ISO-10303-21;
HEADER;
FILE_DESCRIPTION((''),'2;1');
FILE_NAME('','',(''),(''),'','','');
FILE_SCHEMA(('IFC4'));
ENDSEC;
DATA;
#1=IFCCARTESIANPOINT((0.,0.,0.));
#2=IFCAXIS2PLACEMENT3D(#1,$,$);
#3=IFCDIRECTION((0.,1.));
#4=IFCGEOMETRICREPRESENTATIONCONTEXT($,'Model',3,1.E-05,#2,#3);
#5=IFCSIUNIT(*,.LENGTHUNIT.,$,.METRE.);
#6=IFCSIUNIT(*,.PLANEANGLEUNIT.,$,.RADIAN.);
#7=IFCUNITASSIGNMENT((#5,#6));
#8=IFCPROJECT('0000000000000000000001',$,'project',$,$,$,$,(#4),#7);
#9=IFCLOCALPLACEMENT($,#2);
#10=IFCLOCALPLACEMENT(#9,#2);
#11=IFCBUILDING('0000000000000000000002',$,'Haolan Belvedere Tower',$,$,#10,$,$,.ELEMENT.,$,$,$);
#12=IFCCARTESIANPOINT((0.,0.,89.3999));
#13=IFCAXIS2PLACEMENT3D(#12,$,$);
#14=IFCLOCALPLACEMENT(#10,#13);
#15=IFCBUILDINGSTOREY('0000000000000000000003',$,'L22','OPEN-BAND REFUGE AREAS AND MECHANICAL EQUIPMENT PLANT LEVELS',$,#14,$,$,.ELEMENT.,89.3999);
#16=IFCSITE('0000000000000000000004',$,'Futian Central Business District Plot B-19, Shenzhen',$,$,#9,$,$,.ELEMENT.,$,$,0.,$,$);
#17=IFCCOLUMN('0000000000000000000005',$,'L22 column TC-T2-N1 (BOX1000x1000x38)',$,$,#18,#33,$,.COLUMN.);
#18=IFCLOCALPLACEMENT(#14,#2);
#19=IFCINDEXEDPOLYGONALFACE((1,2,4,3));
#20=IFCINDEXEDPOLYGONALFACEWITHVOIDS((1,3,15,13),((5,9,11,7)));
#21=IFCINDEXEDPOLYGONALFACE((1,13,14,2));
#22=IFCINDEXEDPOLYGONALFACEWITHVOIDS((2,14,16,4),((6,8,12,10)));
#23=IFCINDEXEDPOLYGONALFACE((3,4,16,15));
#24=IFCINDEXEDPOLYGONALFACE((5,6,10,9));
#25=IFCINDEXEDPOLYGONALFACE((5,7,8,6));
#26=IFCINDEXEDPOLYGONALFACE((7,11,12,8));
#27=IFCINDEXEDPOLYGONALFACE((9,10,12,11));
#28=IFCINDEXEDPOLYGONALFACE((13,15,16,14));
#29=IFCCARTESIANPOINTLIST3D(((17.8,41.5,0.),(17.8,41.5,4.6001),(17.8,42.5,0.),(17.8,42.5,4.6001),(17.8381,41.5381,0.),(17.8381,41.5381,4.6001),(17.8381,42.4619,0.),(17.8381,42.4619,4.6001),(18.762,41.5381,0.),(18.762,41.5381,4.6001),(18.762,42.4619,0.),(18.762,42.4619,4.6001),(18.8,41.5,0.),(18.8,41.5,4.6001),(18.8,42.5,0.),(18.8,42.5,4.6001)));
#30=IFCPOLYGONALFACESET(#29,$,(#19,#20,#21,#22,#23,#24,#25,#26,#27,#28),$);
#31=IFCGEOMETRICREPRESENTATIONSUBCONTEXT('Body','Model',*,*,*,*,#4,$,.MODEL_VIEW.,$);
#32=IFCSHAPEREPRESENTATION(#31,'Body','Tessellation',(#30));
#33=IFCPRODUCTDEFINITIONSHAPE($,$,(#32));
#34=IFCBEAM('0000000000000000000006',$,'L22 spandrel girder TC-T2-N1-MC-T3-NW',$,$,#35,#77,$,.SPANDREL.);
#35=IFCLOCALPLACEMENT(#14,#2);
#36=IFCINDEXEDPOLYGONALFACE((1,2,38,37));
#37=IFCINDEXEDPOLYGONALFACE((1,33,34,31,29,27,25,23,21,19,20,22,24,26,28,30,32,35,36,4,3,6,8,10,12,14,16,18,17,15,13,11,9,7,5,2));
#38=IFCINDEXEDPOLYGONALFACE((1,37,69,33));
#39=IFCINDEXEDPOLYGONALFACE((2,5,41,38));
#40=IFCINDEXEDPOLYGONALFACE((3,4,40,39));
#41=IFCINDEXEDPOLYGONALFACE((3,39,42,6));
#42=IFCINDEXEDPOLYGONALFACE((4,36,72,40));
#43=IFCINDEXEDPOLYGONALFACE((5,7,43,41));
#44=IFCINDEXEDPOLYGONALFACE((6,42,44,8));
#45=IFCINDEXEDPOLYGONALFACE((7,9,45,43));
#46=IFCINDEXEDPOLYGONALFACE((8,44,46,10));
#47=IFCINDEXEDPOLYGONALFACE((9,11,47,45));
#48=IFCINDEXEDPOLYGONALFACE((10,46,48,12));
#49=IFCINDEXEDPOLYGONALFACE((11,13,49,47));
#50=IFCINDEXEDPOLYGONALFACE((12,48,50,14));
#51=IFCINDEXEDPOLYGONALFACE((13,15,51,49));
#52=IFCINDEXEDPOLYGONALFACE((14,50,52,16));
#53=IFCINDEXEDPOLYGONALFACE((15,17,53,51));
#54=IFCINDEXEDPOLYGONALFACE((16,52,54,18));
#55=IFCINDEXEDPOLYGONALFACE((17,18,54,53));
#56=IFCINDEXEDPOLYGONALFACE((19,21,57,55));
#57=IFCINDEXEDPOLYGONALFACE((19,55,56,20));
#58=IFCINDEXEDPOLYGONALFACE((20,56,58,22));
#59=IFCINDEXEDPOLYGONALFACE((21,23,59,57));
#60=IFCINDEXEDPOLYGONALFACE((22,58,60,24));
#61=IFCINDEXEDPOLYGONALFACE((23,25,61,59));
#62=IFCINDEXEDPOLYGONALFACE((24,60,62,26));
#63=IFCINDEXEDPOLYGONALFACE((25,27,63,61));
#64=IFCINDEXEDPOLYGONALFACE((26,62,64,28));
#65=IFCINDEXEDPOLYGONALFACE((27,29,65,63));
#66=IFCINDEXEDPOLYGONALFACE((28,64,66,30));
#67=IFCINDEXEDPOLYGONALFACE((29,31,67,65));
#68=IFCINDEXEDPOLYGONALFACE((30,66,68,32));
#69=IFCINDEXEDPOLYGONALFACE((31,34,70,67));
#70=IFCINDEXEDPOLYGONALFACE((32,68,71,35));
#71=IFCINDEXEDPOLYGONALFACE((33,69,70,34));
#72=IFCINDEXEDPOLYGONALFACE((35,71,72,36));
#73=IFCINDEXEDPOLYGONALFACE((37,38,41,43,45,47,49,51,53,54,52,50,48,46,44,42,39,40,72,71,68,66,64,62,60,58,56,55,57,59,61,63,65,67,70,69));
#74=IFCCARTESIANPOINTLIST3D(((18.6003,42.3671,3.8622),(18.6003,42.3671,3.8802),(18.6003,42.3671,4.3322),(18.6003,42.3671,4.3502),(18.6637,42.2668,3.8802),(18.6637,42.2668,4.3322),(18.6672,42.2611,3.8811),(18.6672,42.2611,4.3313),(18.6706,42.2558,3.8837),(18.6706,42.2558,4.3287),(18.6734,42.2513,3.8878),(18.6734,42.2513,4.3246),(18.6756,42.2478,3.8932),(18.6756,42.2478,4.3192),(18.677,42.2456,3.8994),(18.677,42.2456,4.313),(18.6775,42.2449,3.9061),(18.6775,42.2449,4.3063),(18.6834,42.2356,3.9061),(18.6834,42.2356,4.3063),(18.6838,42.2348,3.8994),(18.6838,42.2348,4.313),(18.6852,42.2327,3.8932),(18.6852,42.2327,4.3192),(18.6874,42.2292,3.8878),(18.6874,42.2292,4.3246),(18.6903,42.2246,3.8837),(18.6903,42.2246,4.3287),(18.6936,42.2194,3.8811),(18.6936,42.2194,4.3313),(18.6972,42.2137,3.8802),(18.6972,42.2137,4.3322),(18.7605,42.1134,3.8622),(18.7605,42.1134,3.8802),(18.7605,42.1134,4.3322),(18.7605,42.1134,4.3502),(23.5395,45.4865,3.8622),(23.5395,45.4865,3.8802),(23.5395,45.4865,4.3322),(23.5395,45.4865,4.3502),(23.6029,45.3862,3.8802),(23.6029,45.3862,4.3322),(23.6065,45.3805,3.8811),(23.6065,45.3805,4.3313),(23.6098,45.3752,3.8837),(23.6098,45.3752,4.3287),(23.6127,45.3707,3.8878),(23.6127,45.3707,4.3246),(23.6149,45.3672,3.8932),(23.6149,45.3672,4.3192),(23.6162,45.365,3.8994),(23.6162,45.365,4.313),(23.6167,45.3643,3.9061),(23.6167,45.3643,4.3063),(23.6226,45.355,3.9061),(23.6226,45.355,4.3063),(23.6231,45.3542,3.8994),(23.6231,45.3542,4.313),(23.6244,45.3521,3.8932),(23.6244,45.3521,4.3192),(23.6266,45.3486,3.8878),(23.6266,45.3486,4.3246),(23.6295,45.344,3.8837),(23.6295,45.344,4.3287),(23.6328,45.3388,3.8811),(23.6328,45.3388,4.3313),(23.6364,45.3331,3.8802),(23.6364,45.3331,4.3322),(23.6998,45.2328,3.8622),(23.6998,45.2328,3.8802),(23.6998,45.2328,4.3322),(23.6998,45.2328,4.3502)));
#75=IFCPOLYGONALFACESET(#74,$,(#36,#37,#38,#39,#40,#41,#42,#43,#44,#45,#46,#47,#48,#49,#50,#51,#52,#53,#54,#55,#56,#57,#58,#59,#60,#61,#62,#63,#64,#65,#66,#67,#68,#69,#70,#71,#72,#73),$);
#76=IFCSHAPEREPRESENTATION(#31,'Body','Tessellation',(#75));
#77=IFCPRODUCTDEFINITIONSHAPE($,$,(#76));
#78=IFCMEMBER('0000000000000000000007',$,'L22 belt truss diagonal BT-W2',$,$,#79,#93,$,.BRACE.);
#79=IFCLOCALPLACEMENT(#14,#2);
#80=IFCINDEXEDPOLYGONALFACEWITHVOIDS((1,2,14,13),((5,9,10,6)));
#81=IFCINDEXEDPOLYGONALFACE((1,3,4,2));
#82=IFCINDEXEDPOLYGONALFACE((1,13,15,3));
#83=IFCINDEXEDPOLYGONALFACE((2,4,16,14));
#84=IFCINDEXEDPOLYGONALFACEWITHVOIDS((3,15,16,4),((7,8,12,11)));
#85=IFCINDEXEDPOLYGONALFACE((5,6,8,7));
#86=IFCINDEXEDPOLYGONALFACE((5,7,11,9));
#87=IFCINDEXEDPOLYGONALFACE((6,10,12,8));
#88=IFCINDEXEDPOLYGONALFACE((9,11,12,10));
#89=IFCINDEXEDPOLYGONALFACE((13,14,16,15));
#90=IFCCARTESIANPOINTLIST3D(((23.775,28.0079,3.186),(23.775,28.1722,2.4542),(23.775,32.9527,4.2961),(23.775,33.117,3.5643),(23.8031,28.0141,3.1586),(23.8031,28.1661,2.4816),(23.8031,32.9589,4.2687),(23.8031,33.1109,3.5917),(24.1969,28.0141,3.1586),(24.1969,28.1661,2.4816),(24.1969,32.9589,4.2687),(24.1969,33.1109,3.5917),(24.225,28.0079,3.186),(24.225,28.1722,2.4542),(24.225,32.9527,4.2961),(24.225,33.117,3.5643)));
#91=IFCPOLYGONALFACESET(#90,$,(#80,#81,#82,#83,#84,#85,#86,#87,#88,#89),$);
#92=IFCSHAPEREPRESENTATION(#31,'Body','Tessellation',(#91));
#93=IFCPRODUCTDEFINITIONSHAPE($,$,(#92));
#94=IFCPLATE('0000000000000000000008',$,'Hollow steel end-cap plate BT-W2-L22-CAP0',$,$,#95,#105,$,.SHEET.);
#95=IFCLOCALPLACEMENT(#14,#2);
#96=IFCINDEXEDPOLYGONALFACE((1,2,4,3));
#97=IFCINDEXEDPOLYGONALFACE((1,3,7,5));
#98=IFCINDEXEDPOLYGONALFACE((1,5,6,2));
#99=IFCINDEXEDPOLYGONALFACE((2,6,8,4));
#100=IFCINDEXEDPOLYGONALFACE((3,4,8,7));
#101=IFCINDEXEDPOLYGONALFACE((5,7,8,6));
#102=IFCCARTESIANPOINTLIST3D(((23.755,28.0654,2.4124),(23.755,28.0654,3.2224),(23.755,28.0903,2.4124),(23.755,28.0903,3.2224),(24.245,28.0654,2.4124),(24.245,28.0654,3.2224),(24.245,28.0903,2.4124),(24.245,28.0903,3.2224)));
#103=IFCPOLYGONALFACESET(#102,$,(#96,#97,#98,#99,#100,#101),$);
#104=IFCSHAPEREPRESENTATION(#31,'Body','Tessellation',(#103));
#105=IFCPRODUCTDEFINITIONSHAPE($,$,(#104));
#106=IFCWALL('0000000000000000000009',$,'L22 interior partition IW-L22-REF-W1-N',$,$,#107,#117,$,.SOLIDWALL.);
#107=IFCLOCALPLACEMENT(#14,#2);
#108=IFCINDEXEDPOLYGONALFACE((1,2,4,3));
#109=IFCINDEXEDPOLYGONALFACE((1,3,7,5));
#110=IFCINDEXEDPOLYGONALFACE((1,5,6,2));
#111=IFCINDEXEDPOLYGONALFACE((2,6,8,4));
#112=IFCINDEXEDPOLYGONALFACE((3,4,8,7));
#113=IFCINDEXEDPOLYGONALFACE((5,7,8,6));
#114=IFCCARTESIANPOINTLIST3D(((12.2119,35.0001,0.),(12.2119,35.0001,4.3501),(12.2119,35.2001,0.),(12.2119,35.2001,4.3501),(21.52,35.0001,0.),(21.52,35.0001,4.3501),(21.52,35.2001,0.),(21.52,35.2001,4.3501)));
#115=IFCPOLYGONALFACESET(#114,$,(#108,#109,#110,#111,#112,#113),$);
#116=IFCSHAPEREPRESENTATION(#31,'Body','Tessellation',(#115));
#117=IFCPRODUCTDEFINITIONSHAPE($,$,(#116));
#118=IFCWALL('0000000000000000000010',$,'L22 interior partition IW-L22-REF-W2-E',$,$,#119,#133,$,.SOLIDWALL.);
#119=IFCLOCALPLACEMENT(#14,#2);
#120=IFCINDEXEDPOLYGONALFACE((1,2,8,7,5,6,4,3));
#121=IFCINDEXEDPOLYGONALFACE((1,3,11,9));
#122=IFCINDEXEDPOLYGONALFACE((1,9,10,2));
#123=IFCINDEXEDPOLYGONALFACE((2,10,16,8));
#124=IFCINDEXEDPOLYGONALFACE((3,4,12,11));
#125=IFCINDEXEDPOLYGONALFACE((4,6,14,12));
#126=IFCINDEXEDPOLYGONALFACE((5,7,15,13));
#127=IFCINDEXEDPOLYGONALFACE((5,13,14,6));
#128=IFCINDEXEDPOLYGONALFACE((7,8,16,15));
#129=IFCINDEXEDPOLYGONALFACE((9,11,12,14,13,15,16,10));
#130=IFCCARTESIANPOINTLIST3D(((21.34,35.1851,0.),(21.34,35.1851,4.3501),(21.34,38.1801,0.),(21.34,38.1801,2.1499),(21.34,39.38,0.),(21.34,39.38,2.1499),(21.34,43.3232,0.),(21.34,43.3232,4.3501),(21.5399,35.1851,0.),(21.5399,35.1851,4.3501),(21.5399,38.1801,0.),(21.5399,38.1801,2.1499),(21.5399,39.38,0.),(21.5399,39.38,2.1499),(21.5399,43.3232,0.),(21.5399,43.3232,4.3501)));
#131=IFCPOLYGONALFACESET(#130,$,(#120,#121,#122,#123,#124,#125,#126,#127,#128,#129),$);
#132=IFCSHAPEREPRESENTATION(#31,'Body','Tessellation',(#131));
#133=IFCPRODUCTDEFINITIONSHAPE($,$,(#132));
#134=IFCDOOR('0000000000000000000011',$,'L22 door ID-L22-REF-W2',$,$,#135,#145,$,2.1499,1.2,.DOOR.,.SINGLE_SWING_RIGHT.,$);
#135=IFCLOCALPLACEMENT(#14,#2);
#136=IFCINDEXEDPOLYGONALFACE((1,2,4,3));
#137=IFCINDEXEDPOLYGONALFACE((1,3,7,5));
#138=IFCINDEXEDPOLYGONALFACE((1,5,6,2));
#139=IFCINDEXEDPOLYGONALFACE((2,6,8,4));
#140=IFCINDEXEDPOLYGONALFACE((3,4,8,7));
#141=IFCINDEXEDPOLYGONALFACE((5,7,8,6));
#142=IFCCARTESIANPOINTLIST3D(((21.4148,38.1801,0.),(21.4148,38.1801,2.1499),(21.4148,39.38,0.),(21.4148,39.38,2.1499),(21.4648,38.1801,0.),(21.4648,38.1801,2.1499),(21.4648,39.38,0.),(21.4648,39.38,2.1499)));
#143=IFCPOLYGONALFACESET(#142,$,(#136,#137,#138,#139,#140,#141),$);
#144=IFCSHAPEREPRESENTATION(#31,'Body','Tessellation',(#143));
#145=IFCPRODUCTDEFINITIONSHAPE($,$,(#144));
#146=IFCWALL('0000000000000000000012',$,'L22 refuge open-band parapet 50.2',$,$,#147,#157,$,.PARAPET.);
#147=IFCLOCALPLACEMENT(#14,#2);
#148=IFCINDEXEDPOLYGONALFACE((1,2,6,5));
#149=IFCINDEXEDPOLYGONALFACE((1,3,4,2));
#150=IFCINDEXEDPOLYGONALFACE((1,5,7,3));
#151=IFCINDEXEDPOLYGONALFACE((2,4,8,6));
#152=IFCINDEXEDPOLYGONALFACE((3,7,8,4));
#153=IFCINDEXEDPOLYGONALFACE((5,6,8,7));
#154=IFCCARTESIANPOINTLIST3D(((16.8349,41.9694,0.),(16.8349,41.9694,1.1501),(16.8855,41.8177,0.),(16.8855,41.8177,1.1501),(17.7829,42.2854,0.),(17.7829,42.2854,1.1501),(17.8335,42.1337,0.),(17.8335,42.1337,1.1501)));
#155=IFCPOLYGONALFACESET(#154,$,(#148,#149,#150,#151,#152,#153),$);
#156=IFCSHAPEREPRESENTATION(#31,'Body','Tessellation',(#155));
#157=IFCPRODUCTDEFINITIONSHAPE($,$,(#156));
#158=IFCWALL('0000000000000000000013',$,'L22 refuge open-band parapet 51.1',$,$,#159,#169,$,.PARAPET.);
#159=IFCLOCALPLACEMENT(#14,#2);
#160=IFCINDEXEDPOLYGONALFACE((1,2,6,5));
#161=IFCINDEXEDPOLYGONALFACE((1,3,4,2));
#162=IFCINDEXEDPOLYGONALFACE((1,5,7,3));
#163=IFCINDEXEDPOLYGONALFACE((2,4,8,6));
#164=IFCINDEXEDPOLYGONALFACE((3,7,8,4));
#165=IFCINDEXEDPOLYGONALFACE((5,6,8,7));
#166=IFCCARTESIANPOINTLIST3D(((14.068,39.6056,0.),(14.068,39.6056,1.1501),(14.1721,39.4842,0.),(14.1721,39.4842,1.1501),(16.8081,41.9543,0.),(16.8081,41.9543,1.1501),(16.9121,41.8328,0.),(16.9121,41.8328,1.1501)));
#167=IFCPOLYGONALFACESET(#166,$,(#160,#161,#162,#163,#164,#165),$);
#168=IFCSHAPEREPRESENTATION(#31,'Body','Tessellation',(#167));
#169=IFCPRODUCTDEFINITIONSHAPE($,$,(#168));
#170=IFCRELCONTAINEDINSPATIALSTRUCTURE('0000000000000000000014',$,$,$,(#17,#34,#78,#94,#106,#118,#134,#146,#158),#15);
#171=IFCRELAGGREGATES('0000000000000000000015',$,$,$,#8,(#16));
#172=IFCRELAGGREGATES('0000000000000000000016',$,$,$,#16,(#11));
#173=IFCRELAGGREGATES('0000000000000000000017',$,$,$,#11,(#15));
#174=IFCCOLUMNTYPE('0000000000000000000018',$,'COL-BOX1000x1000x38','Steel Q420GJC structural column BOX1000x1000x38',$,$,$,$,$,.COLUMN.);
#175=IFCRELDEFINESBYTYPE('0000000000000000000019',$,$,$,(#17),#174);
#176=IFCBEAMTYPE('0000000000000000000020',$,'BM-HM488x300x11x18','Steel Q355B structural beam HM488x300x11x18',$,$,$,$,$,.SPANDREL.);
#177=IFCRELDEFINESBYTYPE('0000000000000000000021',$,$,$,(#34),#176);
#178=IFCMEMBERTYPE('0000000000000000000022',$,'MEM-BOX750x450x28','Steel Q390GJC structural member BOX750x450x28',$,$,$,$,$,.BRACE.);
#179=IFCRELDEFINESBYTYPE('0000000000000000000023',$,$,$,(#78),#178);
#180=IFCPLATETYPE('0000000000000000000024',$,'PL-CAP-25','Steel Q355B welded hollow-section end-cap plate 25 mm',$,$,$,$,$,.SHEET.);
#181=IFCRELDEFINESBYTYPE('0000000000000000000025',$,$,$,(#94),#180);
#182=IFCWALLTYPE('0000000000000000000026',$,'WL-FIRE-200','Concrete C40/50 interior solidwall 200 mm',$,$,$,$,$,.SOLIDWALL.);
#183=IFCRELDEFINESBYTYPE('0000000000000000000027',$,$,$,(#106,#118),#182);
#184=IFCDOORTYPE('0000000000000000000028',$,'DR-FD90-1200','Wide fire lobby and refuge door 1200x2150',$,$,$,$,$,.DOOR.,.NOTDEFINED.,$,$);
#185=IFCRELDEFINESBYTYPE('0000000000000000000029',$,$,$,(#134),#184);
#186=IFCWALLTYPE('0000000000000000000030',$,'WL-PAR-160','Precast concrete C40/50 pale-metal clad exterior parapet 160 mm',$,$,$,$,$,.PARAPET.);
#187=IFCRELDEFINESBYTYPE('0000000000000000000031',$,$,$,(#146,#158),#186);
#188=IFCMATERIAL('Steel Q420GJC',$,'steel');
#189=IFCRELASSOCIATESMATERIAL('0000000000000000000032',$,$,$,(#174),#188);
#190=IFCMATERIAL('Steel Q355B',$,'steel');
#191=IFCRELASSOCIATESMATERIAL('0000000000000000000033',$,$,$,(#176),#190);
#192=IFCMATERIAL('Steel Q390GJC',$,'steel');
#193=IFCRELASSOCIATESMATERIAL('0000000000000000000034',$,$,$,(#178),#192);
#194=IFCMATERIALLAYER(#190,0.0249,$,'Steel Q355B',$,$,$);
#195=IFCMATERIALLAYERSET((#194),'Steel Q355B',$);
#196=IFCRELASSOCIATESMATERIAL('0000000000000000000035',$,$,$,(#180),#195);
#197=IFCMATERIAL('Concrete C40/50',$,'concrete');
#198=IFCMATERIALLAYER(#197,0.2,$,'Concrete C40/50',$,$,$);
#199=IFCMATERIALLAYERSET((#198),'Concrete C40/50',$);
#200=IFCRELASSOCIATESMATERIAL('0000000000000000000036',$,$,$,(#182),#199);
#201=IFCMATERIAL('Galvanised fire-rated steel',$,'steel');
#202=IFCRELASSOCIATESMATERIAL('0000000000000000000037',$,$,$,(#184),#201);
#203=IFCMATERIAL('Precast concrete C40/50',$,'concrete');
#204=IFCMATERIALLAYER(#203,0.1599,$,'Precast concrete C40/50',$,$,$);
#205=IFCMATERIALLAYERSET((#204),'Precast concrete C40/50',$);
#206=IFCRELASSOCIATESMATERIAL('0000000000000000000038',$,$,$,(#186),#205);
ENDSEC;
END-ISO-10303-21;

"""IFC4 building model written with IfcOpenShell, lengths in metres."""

from ifc_helpers import new_model, si_unit, direction, frame, frame_2d, origin, origin_2d, place, context, subcontext, project, spatial, rectangle, hollow_rectangle, i_section, extrude, material, layer, layer_set, material_profile, profile_set, type_object, element, fill, save


model = new_model("IFC4")

# Units and contexts
model_context = context("Model", 3, precision=1e-05, world=origin(), true_north=direction((0.0, 1.0)))
body_context = subcontext(model_context, "Body", "Model", "MODEL_VIEW")
ifc_project = project(units=[si_unit("LENGTHUNIT", "METRE"), si_unit("PLANEANGLEUNIT", "RADIAN")], contexts=[model_context])

# Site, building, storey
site_placement = place(None, origin())
site = spatial("IfcSite", under=ifc_project, at=site_placement, Name="Futian Central Business District Plot B-19, Shenzhen", CompositionType="ELEMENT", RefElevation=0.0)
building_placement = place(site_placement, origin())
building = spatial("IfcBuilding", under=site, at=building_placement, Name="Haolan Belvedere Tower", CompositionType="ELEMENT")
storey_placement = place(building_placement, frame((0.0, 0.0, 89.3999)))
storey = spatial("IfcBuildingStorey", under=building, at=storey_placement, Name="L22", Description="OPEN-BAND REFUGE AREAS AND MECHANICAL EQUIPMENT PLANT LEVELS", CompositionType="ELEMENT", Elevation=89.3999)

# Column
ifc_material_1 = material(Name="Steel Q420GJC", Category="steel")
ifc_material_profile_1 = material_profile(ifc_material_1, hollow_rectangle(XDim=1.0, YDim=1.0, WallThickness=0.0381, at=origin_2d()), Name="Steel Q420GJC")
ifc_profile_set_1 = profile_set([ifc_material_profile_1], Name="Steel Q420GJC")
column_type = type_object("IfcColumnType", Name="COL-BOX1000x1000x38", Description="Steel Q420GJC structural column BOX1000x1000x38", PredefinedType="COLUMN", material=ifc_profile_set_1)
column_placement = place(storey_placement, frame((18.3, 42.0, 0.0), z_axis=(0.0, 0.0, 1.0), x_axis=(1.0, 0.0, 0.0)))
element("IfcColumn", 1, at=column_placement, inside=storey, type_object=column_type, Name="L22 column TC-T2-N1 (BOX1000x1000x38)", PredefinedType="COLUMN", context=body_context, shape_type="SweptSolid", body=[
    extrude(hollow_rectangle(XDim=1.0, YDim=1.0, WallThickness=0.0381, at=origin_2d()), origin(), (0.0, 0.0, 1.0), 4.6001),
])

# Beam
ifc_material_2 = material(Name="Steel Q355B", Category="steel")
ifc_material_profile_2 = material_profile(ifc_material_2, i_section(OverallWidth=0.3, OverallDepth=0.488, WebThickness=0.011, FlangeThickness=0.0181, FilletRadius=0.0259, at=origin_2d()), Name="Steel Q355B")
ifc_profile_set_2 = profile_set([ifc_material_profile_2], Name="Steel Q355B")
beam_type = type_object("IfcBeamType", Name="BM-HM488x300x11x18", Description="Steel Q355B structural beam HM488x300x11x18", PredefinedType="SPANDREL", material=ifc_profile_set_2)
beam_placement = place(storey_placement, frame((18.6804, 42.2402, 4.1062), z_axis=(0.845498, 0.533979, 0.0), x_axis=(-0.533979, 0.845498, 0.0)))
element("IfcBeam", 2, at=beam_placement, inside=storey, type_object=beam_type, Name="L22 spandrel girder TC-T2-N1-MC-T3-NW", PredefinedType="SPANDREL", context=body_context, shape_type="SweptSolid", body=[
    extrude(i_section(OverallWidth=0.3, OverallDepth=0.488, WebThickness=0.011, FlangeThickness=0.0181, FilletRadius=0.0259, at=origin_2d()), origin(), (0.0, 0.0, 1.0), 5.8418),
])

# Member
ifc_material_3 = material(Name="Steel Q390GJC", Category="steel")
ifc_material_profile_3 = material_profile(ifc_material_3, hollow_rectangle(XDim=0.45, YDim=0.75, WallThickness=0.0281, at=origin_2d()), Name="Steel Q390GJC")
ifc_profile_set_3 = profile_set([ifc_material_profile_3], Name="Steel Q390GJC")
member_type = type_object("IfcMemberType", Name="MEM-BOX750x450x28", Description="Steel Q390GJC structural member BOX750x450x28", PredefinedType="BRACE", material=ifc_profile_set_3)
member_placement = place(storey_placement, frame((24.0, 28.0901, 2.8201), z_axis=(0.0, 0.975714, 0.219047), x_axis=(-1.0, 0.0, 0.0)))
element("IfcMember", 3, at=member_placement, inside=storey, type_object=member_type, Name="L22 belt truss diagonal BT-W2", PredefinedType="BRACE", context=body_context, shape_type="SweptSolid", body=[
    extrude(hollow_rectangle(XDim=0.45, YDim=0.75, WallThickness=0.0281, at=origin_2d()), origin(), (0.0, 0.0, 1.0), 5.0679),
])

# Plate
ifc_layer_1 = layer(ifc_material_2, 0.0249, Name="Steel Q355B")
ifc_layer_set_1 = layer_set([ifc_layer_1], Name="Steel Q355B")
plate_type = type_object("IfcPlateType", Name="PL-CAP-25", Description="Steel Q355B welded hollow-section end-cap plate 25 mm", PredefinedType="SHEET", material=ifc_layer_set_1)
plate_placement = place(storey_placement, frame((24.0, 28.0779, 2.4124), z_axis=(0.0, 0.0, 1.0), x_axis=(1.0, 0.0, 0.0)))
element("IfcPlate", 4, at=plate_placement, inside=storey, type_object=plate_type, Name="Hollow steel end-cap plate BT-W2-L22-CAP0", PredefinedType="SHEET", context=body_context, shape_type="SweptSolid", body=[
    extrude(rectangle(XDim=0.49, YDim=0.0249, at=origin_2d()), origin(), (0.0, 0.0, 1.0), 0.8101),
])

# Wall
ifc_material_4 = material(Name="Concrete C40/50", Category="concrete")
ifc_layer_2 = layer(ifc_material_4, 0.2, Name="Concrete C40/50")
ifc_layer_set_2 = layer_set([ifc_layer_2], Name="Concrete C40/50")
wall_type_1 = type_object("IfcWallType", Name="WL-FIRE-200", Description="Concrete C40/50 interior solidwall 200 mm", PredefinedType="SOLIDWALL", material=ifc_layer_set_2)
wall_1_placement = place(storey_placement, frame((12.2119, 35.1001, 0.0), z_axis=(0.0, 0.0, 1.0), x_axis=(1.0, 0.0, 0.0)))
element("IfcWall", 5, at=wall_1_placement, inside=storey, type_object=wall_type_1, Name="L22 interior partition IW-L22-REF-W1-N", PredefinedType="SOLIDWALL", context=body_context, shape_type="SweptSolid", body=[
    extrude(rectangle(XDim=9.3081, YDim=0.2, at=frame_2d((4.6541, 0.0))), origin(), (0.0, 0.0, 1.0), 4.3501),
])

# Wall, opening, door
wall_2_placement = place(storey_placement, frame((21.4399, 35.1851, 0.0), z_axis=(0.0, 0.0, 1.0), x_axis=(0.0, 1.0, 0.0)))
wall_2 = element("IfcWall", 6, at=wall_2_placement, inside=storey, type_object=wall_type_1, Name="L22 interior partition IW-L22-REF-W2-E", PredefinedType="SOLIDWALL", context=body_context, shape_type="SweptSolid", body=[
    extrude(rectangle(XDim=8.1382, YDim=0.2, at=frame_2d((4.0691, 0.0))), origin(), (0.0, 0.0, 1.0), 4.3501),
])
opening_placement = place(wall_2_placement, frame((4.1951, 0.0, 0.0), z_axis=(0.0, 0.0, 1.0), x_axis=(-1.0, 0.0, 0.0)))
opening = element("IfcOpeningElement", 7, at=opening_placement, cuts=wall_2, PredefinedType="OPENING", context=body_context, shape_type="SweptSolid", body=[
    extrude(rectangle(XDim=1.2, YDim=2.1499, at=frame_2d((0.6001, 1.075))), frame((0.0, 0.1099, 0.0), z_axis=(0.0, -1.0, 0.0), x_axis=(1.0, 0.0, 0.0)), (0.0, 0.0, 1.0), 0.22),
])
ifc_material_5 = material(Name="Galvanised fire-rated steel", Category="steel")
door_type = type_object("IfcDoorType", Name="DR-FD90-1200", Description="Wide fire lobby and refuge door 1200x2150", OperationType="NOTDEFINED", PredefinedType="DOOR", material=ifc_material_5)
door_placement = place(opening_placement, origin())
door = element("IfcDoor", 8, at=door_placement, inside=storey, type_object=door_type, Name="L22 door ID-L22-REF-W2", OperationType="SINGLE_SWING_RIGHT", OverallHeight=2.1499, OverallWidth=1.2, PredefinedType="DOOR", context=body_context, shape_type="SweptSolid", body=[
    extrude(rectangle(XDim=1.2, YDim=2.1499, at=frame_2d((0.6001, 1.075))), frame((0.0, 0.0249, 0.0), z_axis=(0.0, -1.0, 0.0), x_axis=(1.0, 0.0, 0.0)), (0.0, 0.0, 1.0), 0.05),
])
fill(opening, door)

# Walls
ifc_material_6 = material(Name="Precast concrete C40/50", Category="concrete")
ifc_layer_3 = layer(ifc_material_6, 0.1599, Name="Precast concrete C40/50")
ifc_layer_set_3 = layer_set([ifc_layer_3], Name="Precast concrete C40/50")
wall_type_2 = type_object("IfcWallType", Name="WL-PAR-160", Description="Precast concrete C40/50 pale-metal clad exterior parapet 160 mm", PredefinedType="PARAPET", material=ifc_layer_set_3)
wall_3_placement = place(storey_placement, frame((17.8081, 42.2095, 0.0), z_axis=(0.0, 0.0, 1.0), x_axis=(-0.948708, -0.316154, 0.0)))
element("IfcWall", 9, at=wall_3_placement, inside=storey, type_object=wall_type_2, Name="L22 refuge open-band parapet 50.2", PredefinedType="PARAPET", context=body_context, shape_type="SweptSolid", body=[
    extrude(rectangle(XDim=0.9993, YDim=0.1599, at=frame_2d((0.4995, 0.0))), origin(), (0.0, 0.0, 1.0), 1.1501),
])
wall_4_placement = place(storey_placement, frame((16.8601, 41.8936, 0.0), z_axis=(0.0, 0.0, 1.0), x_axis=(-0.759247, -0.650803, 0.0)))
element("IfcWall", 10, at=wall_4_placement, inside=storey, type_object=wall_type_2, Name="L22 refuge open-band parapet 51.1", PredefinedType="PARAPET", context=body_context, shape_type="SweptSolid", body=[
    extrude(rectangle(XDim=3.6089, YDim=0.1599, at=frame_2d((1.8044, 0.0))), origin(), (0.0, 0.0, 1.0), 1.1501),
])

save(model, "model.ifc")
